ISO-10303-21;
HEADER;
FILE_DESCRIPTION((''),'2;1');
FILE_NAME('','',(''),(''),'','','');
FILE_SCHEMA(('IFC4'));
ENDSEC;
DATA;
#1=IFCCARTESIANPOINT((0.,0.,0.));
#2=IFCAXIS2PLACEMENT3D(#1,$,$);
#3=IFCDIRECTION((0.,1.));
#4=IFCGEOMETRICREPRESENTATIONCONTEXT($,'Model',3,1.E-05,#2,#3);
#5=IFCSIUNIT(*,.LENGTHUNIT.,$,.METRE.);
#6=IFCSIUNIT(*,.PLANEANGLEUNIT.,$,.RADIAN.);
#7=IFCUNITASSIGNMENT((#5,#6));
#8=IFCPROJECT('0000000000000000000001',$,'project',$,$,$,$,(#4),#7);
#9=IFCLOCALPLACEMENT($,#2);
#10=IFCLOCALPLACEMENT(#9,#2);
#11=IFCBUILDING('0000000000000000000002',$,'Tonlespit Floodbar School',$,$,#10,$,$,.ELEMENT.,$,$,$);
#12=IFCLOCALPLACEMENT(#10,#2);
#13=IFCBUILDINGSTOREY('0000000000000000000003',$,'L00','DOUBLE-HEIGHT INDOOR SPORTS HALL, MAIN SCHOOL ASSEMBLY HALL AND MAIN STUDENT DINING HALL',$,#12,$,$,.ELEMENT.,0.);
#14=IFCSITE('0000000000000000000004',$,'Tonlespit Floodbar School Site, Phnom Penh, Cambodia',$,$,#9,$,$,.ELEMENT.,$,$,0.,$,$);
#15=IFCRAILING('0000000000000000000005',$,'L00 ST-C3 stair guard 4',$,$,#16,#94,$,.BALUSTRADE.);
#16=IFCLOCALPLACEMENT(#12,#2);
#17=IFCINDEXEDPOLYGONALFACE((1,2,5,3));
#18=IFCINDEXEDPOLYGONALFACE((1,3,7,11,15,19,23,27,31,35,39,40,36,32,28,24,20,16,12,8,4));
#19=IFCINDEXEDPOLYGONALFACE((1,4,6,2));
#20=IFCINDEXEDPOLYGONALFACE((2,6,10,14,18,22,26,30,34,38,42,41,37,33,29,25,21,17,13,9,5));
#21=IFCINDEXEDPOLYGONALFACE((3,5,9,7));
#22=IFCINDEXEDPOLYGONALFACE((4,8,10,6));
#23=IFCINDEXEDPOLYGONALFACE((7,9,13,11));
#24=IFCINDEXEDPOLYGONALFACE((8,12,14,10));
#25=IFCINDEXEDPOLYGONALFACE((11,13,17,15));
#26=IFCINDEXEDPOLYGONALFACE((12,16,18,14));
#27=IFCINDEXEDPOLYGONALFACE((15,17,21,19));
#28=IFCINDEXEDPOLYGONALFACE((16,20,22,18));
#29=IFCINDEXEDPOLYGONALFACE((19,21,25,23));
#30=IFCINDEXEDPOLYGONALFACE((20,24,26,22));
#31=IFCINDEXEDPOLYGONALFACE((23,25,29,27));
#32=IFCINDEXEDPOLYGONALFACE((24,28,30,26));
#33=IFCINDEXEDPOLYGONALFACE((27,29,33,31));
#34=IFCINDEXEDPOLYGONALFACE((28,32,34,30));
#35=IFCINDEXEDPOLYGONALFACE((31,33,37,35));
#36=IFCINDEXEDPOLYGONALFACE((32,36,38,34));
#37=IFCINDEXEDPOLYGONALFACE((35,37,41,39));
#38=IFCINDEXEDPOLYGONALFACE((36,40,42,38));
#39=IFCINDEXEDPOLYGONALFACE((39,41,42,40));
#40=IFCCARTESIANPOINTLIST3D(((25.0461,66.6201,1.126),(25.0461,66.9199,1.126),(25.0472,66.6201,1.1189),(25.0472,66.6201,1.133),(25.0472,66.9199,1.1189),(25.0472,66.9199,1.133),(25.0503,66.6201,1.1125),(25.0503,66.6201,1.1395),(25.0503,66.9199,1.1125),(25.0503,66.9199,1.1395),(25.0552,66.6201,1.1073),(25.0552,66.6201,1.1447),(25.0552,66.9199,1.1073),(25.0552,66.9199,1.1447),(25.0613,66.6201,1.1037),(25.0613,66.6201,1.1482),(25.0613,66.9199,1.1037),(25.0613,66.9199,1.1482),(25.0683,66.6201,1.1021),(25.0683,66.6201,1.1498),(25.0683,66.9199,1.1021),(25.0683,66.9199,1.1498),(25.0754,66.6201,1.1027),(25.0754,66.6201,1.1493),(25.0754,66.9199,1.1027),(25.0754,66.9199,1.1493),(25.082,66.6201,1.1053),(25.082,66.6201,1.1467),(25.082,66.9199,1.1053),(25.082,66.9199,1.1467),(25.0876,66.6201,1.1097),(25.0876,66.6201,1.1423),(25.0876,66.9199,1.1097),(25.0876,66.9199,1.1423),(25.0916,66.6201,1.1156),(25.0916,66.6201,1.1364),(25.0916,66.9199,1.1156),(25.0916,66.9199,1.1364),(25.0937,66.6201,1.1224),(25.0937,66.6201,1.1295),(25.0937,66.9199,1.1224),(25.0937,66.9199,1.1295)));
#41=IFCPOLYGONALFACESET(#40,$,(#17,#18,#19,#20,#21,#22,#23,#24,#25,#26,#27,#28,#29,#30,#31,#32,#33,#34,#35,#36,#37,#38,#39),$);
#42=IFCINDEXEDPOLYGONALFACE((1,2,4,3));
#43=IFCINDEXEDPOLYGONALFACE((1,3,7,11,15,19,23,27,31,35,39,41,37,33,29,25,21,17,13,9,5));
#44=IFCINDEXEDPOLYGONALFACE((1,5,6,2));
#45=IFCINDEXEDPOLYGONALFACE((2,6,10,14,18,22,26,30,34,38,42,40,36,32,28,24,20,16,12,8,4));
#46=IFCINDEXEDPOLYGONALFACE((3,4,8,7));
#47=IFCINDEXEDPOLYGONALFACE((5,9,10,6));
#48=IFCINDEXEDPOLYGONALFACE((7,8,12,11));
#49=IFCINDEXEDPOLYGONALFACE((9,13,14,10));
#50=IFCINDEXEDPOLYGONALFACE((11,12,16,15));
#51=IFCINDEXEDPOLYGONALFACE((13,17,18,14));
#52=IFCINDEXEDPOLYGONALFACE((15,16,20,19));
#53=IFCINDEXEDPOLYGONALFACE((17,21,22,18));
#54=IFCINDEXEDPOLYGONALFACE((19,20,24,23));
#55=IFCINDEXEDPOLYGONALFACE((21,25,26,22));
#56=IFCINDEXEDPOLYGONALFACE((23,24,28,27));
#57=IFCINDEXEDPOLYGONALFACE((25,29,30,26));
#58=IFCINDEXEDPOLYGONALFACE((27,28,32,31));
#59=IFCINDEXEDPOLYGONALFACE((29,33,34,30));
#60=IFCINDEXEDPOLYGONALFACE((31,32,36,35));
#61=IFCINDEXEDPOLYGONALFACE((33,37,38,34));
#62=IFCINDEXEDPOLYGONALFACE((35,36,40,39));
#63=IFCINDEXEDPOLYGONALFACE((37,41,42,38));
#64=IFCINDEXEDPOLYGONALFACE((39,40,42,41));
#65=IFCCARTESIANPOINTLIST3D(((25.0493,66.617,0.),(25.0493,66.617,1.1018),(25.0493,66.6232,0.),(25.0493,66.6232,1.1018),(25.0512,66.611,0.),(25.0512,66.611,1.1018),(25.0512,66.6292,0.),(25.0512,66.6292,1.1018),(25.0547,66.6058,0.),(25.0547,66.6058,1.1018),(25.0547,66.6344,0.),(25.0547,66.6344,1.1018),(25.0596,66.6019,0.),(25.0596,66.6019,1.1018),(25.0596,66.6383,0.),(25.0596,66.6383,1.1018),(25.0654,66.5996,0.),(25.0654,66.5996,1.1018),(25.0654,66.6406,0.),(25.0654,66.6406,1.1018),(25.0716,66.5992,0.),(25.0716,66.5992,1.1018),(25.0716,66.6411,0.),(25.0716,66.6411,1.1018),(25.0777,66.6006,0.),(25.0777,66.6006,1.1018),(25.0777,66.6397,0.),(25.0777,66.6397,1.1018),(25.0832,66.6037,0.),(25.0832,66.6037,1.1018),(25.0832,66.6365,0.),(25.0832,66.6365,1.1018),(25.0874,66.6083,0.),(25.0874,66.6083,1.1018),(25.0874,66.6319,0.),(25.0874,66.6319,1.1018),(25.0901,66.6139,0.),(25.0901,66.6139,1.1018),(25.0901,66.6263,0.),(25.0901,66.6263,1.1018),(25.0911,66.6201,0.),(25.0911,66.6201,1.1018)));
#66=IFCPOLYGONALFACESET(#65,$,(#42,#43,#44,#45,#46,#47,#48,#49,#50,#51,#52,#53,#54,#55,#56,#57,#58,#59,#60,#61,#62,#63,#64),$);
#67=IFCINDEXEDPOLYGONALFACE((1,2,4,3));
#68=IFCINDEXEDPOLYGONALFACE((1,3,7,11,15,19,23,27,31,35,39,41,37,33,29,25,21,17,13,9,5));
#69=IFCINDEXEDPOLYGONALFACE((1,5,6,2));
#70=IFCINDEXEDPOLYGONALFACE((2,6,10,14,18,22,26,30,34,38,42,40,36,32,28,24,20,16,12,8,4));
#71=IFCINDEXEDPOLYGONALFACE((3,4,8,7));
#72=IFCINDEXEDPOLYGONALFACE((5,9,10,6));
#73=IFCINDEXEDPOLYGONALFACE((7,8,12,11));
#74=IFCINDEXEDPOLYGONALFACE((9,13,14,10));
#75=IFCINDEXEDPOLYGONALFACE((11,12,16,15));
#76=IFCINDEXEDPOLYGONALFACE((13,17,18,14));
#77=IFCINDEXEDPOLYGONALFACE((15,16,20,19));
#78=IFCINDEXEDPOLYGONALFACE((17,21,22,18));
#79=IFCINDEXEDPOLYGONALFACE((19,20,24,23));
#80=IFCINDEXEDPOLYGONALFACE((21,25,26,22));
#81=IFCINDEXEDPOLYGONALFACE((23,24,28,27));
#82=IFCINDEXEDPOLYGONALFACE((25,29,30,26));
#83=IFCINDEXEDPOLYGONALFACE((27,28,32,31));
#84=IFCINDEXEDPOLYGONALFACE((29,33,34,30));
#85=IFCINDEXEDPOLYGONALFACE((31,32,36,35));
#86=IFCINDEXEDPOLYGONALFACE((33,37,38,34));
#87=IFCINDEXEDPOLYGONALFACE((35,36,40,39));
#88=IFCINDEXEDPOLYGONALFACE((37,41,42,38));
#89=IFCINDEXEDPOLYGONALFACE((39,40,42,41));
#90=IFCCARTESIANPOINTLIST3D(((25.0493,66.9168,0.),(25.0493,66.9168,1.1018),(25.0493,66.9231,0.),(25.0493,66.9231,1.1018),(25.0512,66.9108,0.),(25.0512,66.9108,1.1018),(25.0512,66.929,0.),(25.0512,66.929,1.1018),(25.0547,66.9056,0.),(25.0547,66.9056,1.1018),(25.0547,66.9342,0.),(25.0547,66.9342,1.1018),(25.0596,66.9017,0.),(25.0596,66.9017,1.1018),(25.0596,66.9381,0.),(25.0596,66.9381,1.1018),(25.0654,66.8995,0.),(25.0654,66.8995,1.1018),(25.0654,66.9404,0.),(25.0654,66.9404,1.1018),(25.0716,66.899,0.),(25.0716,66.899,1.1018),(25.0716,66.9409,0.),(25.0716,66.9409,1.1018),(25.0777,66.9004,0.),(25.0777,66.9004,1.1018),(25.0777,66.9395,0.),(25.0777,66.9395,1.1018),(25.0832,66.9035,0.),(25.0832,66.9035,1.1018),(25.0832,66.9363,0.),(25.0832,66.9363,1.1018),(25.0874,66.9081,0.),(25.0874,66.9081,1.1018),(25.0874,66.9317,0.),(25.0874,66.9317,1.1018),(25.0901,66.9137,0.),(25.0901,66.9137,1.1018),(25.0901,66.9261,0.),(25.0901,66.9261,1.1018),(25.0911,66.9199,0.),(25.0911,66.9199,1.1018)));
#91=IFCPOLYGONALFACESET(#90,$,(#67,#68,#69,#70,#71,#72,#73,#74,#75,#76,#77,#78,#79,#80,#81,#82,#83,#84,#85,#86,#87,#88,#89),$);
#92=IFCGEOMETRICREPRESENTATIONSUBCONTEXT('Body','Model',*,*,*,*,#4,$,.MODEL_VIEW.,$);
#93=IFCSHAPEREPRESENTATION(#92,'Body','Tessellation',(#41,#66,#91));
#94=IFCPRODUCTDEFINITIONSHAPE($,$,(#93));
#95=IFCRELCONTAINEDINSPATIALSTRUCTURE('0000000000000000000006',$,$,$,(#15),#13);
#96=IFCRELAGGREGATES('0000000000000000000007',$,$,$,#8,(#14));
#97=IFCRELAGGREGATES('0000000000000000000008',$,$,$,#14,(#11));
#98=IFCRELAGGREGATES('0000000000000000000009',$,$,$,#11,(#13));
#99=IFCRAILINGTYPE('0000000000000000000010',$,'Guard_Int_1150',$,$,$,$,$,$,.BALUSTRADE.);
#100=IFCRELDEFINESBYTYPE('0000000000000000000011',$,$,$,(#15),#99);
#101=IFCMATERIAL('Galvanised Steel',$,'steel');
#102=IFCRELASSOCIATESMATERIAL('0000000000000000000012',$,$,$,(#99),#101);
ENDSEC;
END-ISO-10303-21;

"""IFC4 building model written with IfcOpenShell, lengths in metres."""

from ifc_helpers import new_model, si_unit, direction, frame, origin, origin_2d, place, context, subcontext, project, spatial, circle, extrude, material, type_object, element, save


model = new_model("IFC4")

# Units and contexts
model_context = context("Model", 3, precision=1e-05, world=origin(), true_north=direction((0.0, 1.0)))
body_context = subcontext(model_context, "Body", "Model", "MODEL_VIEW")
ifc_project = project(units=[si_unit("LENGTHUNIT", "METRE"), si_unit("PLANEANGLEUNIT", "RADIAN")], contexts=[model_context])

# Site, building, storey
site_placement = place(None, origin())
site = spatial("IfcSite", under=ifc_project, at=site_placement, Name="Tonlespit Floodbar School Site, Phnom Penh, Cambodia", CompositionType="ELEMENT", RefElevation=0.0)
building_placement = place(site_placement, origin())
building = spatial("IfcBuilding", under=site, at=building_placement, Name="Tonlespit Floodbar School", CompositionType="ELEMENT")
storey_placement = place(building_placement, origin())
storey = spatial("IfcBuildingStorey", under=building, at=storey_placement, Name="L00", Description="DOUBLE-HEIGHT INDOOR SPORTS HALL, MAIN SCHOOL ASSEMBLY HALL AND MAIN STUDENT DINING HALL", CompositionType="ELEMENT", Elevation=0.0)

# Railing
ifc_material_1 = material(Name="Galvanised Steel", Category="steel")
railing_type_1 = type_object("IfcRailingType", Name="Guard_Int_1150", PredefinedType="BALUSTRADE", material=ifc_material_1)
railing_1_placement = place(storey_placement, frame((25.0701, 66.6201, 0.0)))
element("IfcRailing", 1, at=railing_1_placement, inside=storey, type_object=railing_type_1, Name="L00 ST-C3 stair guard 4", PredefinedType="BALUSTRADE", context=body_context, shape_type="SweptSolid", body=[
    extrude(circle(Radius=0.0239, at=origin_2d()), frame((0.0, 0.0, 1.126), z_axis=(0.0, 1.0, 0.0), x_axis=(-1.0, 0.0, 0.0)), (0.0, 0.0, 1.0), 0.2998),
    extrude(circle(Radius=0.021, at=origin_2d()), origin(), (0.0, 0.0, 1.0), 1.1018),
    extrude(circle(Radius=0.021, at=origin_2d()), frame((0.0, 0.2998, 0.0)), (0.0, 0.0, 1.0), 1.1018),
])

save(model, "model.ifc")
